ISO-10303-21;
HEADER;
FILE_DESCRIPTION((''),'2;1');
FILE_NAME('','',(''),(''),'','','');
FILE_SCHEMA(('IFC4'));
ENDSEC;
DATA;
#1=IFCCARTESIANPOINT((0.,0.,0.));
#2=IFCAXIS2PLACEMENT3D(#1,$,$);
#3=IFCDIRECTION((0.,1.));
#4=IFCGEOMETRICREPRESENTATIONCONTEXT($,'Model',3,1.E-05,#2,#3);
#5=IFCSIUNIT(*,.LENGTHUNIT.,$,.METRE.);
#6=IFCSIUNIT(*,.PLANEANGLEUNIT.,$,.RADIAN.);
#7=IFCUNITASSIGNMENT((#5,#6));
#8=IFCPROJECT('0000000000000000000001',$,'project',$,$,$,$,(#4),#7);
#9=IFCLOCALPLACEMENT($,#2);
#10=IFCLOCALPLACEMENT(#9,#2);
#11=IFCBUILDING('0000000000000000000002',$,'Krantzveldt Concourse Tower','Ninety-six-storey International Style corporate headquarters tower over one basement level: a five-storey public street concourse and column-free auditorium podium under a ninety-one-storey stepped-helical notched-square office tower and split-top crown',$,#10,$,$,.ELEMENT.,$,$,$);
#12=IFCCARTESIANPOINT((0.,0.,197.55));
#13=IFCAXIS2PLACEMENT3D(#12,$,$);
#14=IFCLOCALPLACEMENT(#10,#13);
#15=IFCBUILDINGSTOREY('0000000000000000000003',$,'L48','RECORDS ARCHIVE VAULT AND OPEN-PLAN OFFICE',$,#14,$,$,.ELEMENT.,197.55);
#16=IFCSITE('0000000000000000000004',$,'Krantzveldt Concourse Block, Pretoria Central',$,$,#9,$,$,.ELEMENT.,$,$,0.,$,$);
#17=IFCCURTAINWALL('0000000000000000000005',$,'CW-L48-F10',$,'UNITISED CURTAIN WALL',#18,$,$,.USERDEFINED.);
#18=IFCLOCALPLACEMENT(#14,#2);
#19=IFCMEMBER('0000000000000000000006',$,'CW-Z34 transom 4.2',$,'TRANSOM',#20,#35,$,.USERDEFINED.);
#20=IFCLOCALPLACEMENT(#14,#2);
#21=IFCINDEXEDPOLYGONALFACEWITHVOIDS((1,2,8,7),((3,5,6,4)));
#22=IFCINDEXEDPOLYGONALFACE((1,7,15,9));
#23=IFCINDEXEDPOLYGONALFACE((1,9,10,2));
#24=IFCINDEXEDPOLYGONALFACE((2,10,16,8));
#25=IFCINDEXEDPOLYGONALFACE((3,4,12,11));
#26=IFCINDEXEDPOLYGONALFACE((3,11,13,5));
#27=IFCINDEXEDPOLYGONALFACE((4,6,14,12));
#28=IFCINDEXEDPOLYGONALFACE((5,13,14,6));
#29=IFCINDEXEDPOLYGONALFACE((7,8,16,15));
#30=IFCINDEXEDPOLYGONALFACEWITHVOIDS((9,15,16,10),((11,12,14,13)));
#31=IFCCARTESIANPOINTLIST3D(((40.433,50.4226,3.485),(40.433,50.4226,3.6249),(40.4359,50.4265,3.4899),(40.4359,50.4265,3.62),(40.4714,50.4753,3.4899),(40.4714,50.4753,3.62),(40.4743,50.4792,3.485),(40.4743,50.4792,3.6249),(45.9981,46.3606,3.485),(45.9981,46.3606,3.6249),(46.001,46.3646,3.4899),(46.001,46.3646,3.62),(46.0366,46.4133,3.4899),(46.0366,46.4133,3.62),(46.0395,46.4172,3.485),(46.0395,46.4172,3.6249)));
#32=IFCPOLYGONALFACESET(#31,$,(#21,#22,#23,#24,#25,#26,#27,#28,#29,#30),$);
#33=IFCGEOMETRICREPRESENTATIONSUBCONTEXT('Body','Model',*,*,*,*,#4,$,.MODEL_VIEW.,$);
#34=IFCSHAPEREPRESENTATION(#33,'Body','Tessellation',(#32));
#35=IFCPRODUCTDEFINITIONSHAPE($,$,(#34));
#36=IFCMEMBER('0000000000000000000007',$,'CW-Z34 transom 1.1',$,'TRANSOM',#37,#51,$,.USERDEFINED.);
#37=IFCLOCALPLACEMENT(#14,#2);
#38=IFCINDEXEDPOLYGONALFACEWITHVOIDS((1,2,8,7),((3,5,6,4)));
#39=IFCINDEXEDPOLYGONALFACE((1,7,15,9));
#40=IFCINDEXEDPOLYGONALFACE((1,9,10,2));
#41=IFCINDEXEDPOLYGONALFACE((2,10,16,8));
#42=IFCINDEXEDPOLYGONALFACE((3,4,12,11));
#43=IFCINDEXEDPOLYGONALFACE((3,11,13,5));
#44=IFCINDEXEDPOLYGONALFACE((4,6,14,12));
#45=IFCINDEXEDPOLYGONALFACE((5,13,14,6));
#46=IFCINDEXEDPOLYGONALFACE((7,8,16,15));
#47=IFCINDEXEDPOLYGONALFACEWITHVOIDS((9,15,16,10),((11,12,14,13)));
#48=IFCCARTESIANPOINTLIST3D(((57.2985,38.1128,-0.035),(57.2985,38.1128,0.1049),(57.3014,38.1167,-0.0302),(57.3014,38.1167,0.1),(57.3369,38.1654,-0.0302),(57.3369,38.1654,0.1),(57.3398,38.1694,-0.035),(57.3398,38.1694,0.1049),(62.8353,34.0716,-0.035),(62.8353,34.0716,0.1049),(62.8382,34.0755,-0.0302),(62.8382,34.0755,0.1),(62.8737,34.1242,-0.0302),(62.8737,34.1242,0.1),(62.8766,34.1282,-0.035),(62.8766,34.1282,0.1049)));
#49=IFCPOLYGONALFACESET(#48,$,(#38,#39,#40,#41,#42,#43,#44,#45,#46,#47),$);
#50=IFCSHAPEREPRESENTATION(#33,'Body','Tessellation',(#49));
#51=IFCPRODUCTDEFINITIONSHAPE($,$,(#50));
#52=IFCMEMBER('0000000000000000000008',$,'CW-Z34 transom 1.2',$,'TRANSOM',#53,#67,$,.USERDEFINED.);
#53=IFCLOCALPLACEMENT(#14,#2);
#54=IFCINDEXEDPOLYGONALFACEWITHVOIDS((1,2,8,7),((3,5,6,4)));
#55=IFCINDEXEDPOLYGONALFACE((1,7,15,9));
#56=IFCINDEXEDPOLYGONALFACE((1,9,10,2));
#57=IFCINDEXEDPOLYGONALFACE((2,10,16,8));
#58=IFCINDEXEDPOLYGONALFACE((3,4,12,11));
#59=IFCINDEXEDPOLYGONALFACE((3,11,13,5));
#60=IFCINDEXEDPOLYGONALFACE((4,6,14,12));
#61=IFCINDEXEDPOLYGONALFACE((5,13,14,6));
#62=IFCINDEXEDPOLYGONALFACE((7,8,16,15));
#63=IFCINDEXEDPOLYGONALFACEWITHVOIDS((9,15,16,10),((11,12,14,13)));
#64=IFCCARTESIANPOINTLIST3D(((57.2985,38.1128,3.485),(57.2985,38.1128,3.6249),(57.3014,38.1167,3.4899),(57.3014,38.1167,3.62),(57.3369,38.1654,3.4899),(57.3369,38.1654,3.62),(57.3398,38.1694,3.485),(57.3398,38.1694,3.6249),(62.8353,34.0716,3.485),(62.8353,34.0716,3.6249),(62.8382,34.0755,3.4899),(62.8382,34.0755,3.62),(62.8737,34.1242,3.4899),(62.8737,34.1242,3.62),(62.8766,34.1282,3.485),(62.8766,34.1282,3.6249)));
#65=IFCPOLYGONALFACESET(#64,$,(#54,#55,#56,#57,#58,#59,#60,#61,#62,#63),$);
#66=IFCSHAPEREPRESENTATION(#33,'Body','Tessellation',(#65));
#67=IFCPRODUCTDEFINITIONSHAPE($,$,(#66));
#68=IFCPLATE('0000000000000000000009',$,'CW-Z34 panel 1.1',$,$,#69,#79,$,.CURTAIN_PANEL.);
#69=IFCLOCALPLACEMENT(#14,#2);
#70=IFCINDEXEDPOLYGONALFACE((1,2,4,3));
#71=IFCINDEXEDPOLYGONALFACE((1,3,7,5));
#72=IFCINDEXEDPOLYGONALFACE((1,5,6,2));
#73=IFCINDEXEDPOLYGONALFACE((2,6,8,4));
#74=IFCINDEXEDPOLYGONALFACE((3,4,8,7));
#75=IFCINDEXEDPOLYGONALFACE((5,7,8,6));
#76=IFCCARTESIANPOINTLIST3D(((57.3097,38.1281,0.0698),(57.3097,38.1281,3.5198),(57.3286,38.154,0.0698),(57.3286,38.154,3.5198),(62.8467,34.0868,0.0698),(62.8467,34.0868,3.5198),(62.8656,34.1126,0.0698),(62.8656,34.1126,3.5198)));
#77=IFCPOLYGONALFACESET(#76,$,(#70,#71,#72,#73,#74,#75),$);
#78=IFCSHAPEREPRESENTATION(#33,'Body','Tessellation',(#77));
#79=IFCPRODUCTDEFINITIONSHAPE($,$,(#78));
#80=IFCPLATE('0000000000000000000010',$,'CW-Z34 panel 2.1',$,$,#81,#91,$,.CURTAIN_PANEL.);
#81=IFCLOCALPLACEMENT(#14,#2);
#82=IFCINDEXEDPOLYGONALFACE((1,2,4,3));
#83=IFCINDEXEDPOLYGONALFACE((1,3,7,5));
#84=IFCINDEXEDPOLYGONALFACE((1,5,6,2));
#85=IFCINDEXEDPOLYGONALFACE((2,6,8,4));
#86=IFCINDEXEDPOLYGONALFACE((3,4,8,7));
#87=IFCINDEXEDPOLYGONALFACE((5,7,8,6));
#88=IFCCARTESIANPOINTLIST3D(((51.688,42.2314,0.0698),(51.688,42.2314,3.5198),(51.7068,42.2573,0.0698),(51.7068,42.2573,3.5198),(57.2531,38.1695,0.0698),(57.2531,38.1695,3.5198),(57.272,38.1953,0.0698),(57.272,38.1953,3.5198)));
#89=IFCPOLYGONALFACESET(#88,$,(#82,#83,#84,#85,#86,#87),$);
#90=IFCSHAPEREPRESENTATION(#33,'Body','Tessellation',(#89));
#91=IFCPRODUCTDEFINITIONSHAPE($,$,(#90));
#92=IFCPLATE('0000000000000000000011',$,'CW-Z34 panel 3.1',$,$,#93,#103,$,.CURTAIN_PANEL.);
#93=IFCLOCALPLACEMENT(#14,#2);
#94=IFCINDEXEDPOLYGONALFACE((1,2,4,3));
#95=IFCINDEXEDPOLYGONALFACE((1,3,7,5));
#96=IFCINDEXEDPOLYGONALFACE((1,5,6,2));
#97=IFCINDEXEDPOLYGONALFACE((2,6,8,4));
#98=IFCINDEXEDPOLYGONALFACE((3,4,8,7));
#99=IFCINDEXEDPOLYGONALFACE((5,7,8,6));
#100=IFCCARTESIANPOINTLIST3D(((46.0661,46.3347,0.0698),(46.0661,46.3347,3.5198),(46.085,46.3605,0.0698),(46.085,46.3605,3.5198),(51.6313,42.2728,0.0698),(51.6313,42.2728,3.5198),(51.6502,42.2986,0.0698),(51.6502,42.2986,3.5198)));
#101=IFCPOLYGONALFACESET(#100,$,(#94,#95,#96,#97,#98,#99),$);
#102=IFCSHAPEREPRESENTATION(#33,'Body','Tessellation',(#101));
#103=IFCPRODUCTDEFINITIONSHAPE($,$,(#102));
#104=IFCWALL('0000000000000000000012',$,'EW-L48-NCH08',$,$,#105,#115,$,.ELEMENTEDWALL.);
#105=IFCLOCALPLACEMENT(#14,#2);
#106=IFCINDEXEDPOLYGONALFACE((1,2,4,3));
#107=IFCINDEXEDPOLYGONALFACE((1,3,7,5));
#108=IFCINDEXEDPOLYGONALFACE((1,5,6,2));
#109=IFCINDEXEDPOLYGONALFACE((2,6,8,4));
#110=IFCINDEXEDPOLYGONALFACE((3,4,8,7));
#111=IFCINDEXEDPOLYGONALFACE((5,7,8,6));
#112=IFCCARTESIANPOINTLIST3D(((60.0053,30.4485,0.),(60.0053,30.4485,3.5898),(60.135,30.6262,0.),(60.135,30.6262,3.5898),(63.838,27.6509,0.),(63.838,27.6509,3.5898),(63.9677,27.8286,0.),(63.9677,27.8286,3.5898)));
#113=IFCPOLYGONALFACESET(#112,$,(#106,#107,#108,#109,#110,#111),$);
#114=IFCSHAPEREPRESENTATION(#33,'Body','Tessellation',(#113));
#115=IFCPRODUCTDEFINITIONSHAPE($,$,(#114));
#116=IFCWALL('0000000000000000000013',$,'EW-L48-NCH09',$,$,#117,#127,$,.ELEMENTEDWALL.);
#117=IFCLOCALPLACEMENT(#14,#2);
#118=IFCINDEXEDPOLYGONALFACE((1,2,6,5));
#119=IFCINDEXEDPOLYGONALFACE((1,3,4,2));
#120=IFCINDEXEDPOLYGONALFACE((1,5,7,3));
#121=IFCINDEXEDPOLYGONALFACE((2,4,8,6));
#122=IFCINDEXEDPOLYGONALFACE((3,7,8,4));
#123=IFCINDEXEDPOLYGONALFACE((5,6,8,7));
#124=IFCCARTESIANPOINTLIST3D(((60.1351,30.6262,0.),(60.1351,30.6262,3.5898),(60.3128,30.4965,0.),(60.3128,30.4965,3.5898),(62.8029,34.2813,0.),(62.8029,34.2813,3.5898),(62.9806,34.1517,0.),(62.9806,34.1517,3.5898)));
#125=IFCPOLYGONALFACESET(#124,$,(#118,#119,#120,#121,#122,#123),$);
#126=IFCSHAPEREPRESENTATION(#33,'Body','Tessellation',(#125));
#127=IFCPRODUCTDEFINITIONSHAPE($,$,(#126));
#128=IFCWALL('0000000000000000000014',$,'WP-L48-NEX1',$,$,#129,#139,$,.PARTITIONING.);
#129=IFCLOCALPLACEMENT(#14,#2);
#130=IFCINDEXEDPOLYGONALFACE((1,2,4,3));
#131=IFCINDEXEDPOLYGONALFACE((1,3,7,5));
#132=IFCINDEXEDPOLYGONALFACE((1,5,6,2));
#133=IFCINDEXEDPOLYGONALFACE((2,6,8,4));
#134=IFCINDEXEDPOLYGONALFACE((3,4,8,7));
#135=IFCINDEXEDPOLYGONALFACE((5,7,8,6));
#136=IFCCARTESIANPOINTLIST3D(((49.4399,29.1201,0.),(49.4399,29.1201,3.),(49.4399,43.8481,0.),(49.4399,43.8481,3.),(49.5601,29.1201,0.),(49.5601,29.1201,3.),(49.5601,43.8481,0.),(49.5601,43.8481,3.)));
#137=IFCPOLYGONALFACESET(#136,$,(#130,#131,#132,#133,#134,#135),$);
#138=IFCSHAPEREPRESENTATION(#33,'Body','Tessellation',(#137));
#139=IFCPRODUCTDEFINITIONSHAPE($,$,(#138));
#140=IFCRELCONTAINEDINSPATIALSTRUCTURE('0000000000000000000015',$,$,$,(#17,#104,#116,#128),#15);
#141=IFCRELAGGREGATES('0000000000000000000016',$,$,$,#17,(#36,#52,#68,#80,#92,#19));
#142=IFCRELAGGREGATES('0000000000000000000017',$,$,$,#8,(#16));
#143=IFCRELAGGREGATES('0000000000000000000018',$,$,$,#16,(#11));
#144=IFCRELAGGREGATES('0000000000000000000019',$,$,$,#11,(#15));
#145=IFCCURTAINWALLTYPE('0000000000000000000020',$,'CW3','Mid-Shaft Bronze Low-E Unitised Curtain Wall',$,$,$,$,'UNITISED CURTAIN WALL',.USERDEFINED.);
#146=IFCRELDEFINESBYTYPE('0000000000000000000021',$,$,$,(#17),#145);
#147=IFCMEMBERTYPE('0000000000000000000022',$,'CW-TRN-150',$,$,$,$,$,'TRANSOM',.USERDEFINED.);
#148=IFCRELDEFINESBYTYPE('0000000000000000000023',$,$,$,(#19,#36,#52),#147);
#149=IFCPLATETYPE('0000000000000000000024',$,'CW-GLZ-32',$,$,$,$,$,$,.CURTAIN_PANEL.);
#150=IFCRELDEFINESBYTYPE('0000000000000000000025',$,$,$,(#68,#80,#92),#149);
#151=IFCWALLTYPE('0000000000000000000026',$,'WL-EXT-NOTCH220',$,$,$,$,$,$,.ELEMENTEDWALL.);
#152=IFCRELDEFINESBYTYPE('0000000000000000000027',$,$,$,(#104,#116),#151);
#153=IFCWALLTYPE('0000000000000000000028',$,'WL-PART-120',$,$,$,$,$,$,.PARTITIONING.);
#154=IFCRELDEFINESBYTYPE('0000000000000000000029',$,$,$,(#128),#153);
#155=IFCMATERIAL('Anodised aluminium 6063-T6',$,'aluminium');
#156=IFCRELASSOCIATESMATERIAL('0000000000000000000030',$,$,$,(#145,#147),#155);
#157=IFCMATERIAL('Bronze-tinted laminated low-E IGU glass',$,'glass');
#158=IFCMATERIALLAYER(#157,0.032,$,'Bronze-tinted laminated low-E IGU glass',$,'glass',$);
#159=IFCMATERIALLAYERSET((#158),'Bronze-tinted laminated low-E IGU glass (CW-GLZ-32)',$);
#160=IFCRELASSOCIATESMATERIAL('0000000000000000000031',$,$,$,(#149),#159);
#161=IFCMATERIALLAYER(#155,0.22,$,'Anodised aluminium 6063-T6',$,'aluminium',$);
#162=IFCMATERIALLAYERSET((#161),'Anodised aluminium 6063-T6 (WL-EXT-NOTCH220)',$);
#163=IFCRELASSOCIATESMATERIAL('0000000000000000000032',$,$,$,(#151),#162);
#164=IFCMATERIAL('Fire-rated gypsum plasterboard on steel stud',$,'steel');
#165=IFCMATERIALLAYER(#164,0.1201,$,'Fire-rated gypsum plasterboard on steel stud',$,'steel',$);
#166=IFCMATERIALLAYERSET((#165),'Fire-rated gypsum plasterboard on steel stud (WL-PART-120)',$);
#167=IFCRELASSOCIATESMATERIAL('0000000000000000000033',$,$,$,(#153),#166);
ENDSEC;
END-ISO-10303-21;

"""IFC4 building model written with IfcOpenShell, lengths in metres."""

from ifc_helpers import new_model, si_unit, direction, frame, frame_2d, origin, origin_2d, place, context, subcontext, project, spatial, rectangle, hollow_rectangle, extrude, source, transform, mapped, material, layer, layer_set, material_profile, profile_set, type_object, type_shapes, element, aggregate, save


model = new_model("IFC4")

# Units and contexts
model_context = context("Model", 3, precision=1e-05, world=origin(), true_north=direction((0.0, 1.0)))
body_context = subcontext(model_context, "Body", "Model", "MODEL_VIEW")
ifc_project = project(units=[si_unit("LENGTHUNIT", "METRE"), si_unit("PLANEANGLEUNIT", "RADIAN")], contexts=[model_context])

# Site, building, storey
site_placement = place(None, origin())
site = spatial("IfcSite", under=ifc_project, at=site_placement, Name="Krantzveldt Concourse Block, Pretoria Central", CompositionType="ELEMENT", RefElevation=0.0)
building_placement = place(site_placement, origin())
building = spatial("IfcBuilding", under=site, at=building_placement, Name="Krantzveldt Concourse Tower", Description="Ninety-six-storey International Style corporate headquarters tower over one basement level: a five-storey public street concourse and column-free auditorium podium under a ninety-one-storey stepped-helical notched-square office tower and split-top crown", CompositionType="ELEMENT")
storey_placement = place(building_placement, frame((0.0, 0.0, 197.55)))
storey = spatial("IfcBuildingStorey", under=building, at=storey_placement, Name="L48", Description="RECORDS ARCHIVE VAULT AND OPEN-PLAN OFFICE", CompositionType="ELEMENT", Elevation=197.55)

# Shared definitions
ifc_material_1 = material(Name="Anodised aluminium 6063-T6", Category="aluminium")
curtain_wall_type = type_object("IfcCurtainWallType", Name="CW3", Description="Mid-Shaft Bronze Low-E Unitised Curtain Wall", ElementType="UNITISED CURTAIN WALL", PredefinedType="USERDEFINED", material=ifc_material_1)

# Curtain wall, members, plates
curtain_wall_1_placement = place(storey_placement, origin())
curtain_wall_1 = element("IfcCurtainWall", 1, at=curtain_wall_1_placement, inside=storey, type_object=curtain_wall_type, Name="CW-L48-F10", ObjectType="UNITISED CURTAIN WALL", PredefinedType="USERDEFINED")
ifc_material_profile_1 = material_profile(ifc_material_1, hollow_rectangle(XDim=0.0701, YDim=0.1399, WallThickness=0.0049, at=origin_2d()), Name="Anodised aluminium 6063-T6", Category="aluminium")
ifc_profile_set_1 = profile_set([ifc_material_profile_1], Name="Anodised aluminium 6063-T6 - ALU-TRAN 140x70x5")
member_type_1 = type_object("IfcMemberType", Name="CW-TRN-150", ElementType="TRANSOM", PredefinedType="USERDEFINED", material=ifc_profile_set_1)
shared_shape_1 = source(origin(), body_context, "Body", "SweptSolid", [
    extrude(hollow_rectangle(XDim=0.0701, YDim=0.1399, WallThickness=0.0049, at=origin_2d()), origin(), (0.0, 0.0, 1.0), 6.8899),
])
member_1_placement = place(storey_placement, frame((46.0188, 46.3889, 3.5549), z_axis=(-0.807727, 0.589557, 0.0), x_axis=(-0.589557, -0.807727, 0.0)))
member_1 = element("IfcMember", 2, at=member_1_placement, type_object=member_type_1, Name="CW-Z34 transom 4.2", ObjectType="TRANSOM", PredefinedType="USERDEFINED", context=body_context, shape_type="MappedRepresentation", body=[
    mapped(shared_shape_1, transform((0.0, 0.0, 0.0), x_axis=(1.0, 0.0, 0.0), y_axis=(0.0, 1.0, 0.0), z_axis=(0.0, 0.0, 1.0), scale=1.0)),
])
shared_shape_2 = source(origin(), body_context, "Body", "SweptSolid", [
    extrude(hollow_rectangle(XDim=0.0701, YDim=0.1399, WallThickness=0.0049, at=origin_2d()), origin(), (0.0, 0.0, 1.0), 6.8547),
])
type_shapes(member_type_1, [shared_shape_1, shared_shape_2])
member_2_placement = place(storey_placement, frame((62.856, 34.0999, 0.0349), z_axis=(-0.807732, 0.589549, 0.0), x_axis=(-0.589549, -0.807732, 0.0)))
member_2 = element("IfcMember", 3, at=member_2_placement, type_object=member_type_1, Name="CW-Z34 transom 1.1", ObjectType="TRANSOM", PredefinedType="USERDEFINED", context=body_context, shape_type="MappedRepresentation", body=[
    mapped(shared_shape_2, transform((0.0, 0.0, 0.0), x_axis=(1.0, 0.0, 0.0), y_axis=(0.0, 1.0, 0.0), z_axis=(0.0, 0.0, 1.0), scale=1.0)),
])
member_3_placement = place(storey_placement, frame((62.856, 34.0999, 3.5549), z_axis=(-0.807732, 0.589549, 0.0), x_axis=(-0.589549, -0.807732, 0.0)))
member_3 = element("IfcMember", 4, at=member_3_placement, type_object=member_type_1, Name="CW-Z34 transom 1.2", ObjectType="TRANSOM", PredefinedType="USERDEFINED", context=body_context, shape_type="MappedRepresentation", body=[
    mapped(shared_shape_2, transform((0.0, 0.0, 0.0), x_axis=(1.0, 0.0, 0.0), y_axis=(0.0, 1.0, 0.0), z_axis=(0.0, 0.0, 1.0), scale=1.0)),
])
ifc_material_2 = material(Name="Bronze-tinted laminated low-E IGU glass", Category="glass")
ifc_layer_1 = layer(ifc_material_2, 0.032, Name="Bronze-tinted laminated low-E IGU glass", Category="glass")
ifc_layer_set_1 = layer_set([ifc_layer_1], Name="Bronze-tinted laminated low-E IGU glass (CW-GLZ-32)")
plate_type = type_object("IfcPlateType", Name="CW-GLZ-32", PredefinedType="CURTAIN_PANEL", material=ifc_layer_set_1)
shared_shape_3 = source(origin(), body_context, "Body", "SweptSolid", [
    extrude(rectangle(XDim=6.855, YDim=0.032, at=origin_2d()), origin(), (0.0, 0.0, 1.0), 3.45),
])
plate_1_placement = place(storey_placement, frame((60.0876, 36.1204, 0.0698), z_axis=(0.0, 0.0, 1.0), x_axis=(-0.807733, 0.589549, 0.0)))
plate_1 = element("IfcPlate", 5, at=plate_1_placement, type_object=plate_type, Name="CW-Z34 panel 1.1", PredefinedType="CURTAIN_PANEL", context=body_context, shape_type="MappedRepresentation", body=[
    mapped(shared_shape_3, transform((0.0, 0.0, 0.0), x_axis=(1.0, 0.0, 0.0), y_axis=(0.0, 1.0, 0.0), z_axis=(0.0, 0.0, 1.0), scale=1.0)),
])
shared_shape_4 = source(origin(), body_context, "Body", "SweptSolid", [
    extrude(rectangle(XDim=6.8899, YDim=0.032, at=origin_2d()), origin(), (0.0, 0.0, 1.0), 3.45),
])
type_shapes(plate_type, [shared_shape_3, shared_shape_4])
plate_2_placement = place(storey_placement, frame((54.48, 40.2134, 0.0698), z_axis=(0.0, 0.0, 1.0), x_axis=(-0.807733, 0.589549, 0.0)))
plate_2 = element("IfcPlate", 6, at=plate_2_placement, type_object=plate_type, Name="CW-Z34 panel 2.1", PredefinedType="CURTAIN_PANEL", context=body_context, shape_type="MappedRepresentation", body=[
    mapped(shared_shape_4, transform((0.0, 0.0, 0.0), x_axis=(1.0, 0.0, 0.0), y_axis=(0.0, 1.0, 0.0), z_axis=(0.0, 0.0, 1.0), scale=1.0)),
])
plate_3_placement = place(storey_placement, frame((48.8582, 44.3167, 0.0698), z_axis=(0.0, 0.0, 1.0), x_axis=(-0.807733, 0.589549, 0.0)))
plate_3 = element("IfcPlate", 7, at=plate_3_placement, type_object=plate_type, Name="CW-Z34 panel 3.1", PredefinedType="CURTAIN_PANEL", context=body_context, shape_type="MappedRepresentation", body=[
    mapped(shared_shape_4, transform((0.0, 0.0, 0.0), x_axis=(1.0, 0.0, 0.0), y_axis=(0.0, 1.0, 0.0), z_axis=(0.0, 0.0, 1.0), scale=1.0)),
])
aggregate(curtain_wall_1, [member_2, member_3, plate_1, plate_2, plate_3, member_1])

# Walls
ifc_layer_2 = layer(ifc_material_1, 0.22, Name="Anodised aluminium 6063-T6", Category="aluminium")
ifc_layer_set_2 = layer_set([ifc_layer_2], Name="Anodised aluminium 6063-T6 (WL-EXT-NOTCH220)")
wall_type_1 = type_object("IfcWallType", Name="WL-EXT-NOTCH220", PredefinedType="ELEMENTEDWALL", material=ifc_layer_set_2)
wall_1_placement = place(storey_placement, frame((63.9028, 27.7397, 0.0), z_axis=(0.0, 0.0, 1.0), x_axis=(-0.807718, 0.589569, 0.0)))
element("IfcWall", 8, at=wall_1_placement, inside=storey, type_object=wall_type_1, Name="EW-L48-NCH08", PredefinedType="ELEMENTEDWALL", context=body_context, shape_type="SweptSolid", body=[
    extrude(rectangle(XDim=4.7451, YDim=0.22, at=frame_2d((2.3726, 0.0))), origin(), (0.0, 0.0, 1.0), 3.5898),
])
wall_2_placement = place(storey_placement, frame((60.2239, 30.5613, 0.0), z_axis=(0.0, 0.0, 1.0), x_axis=(0.589547, 0.807734, 0.0)))
element("IfcWall", 9, at=wall_2_placement, inside=storey, type_object=wall_type_1, Name="EW-L48-NCH09", PredefinedType="ELEMENTEDWALL", context=body_context, shape_type="SweptSolid", body=[
    extrude(rectangle(XDim=4.5251, YDim=0.22, at=frame_2d((2.2627, 0.0))), origin(), (0.0, 0.0, 1.0), 3.5898),
])
ifc_material_3 = material(Name="Fire-rated gypsum plasterboard on steel stud", Category="steel")
ifc_layer_3 = layer(ifc_material_3, 0.1201, Name="Fire-rated gypsum plasterboard on steel stud", Category="steel")
ifc_layer_set_3 = layer_set([ifc_layer_3], Name="Fire-rated gypsum plasterboard on steel stud (WL-PART-120)")
wall_type_2 = type_object("IfcWallType", Name="WL-PART-120", PredefinedType="PARTITIONING", material=ifc_layer_set_3)
wall_3_placement = place(storey_placement, frame((49.5, 29.1201, 0.0), z_axis=(0.0, 0.0, 1.0), x_axis=(0.0, 1.0, 0.0)))
element("IfcWall", 10, at=wall_3_placement, inside=storey, type_object=wall_type_2, Name="WP-L48-NEX1", PredefinedType="PARTITIONING", context=body_context, shape_type="SweptSolid", body=[
    extrude(rectangle(XDim=14.728, YDim=0.1201, at=frame_2d((7.364, 0.0))), origin(), (0.0, 0.0, 1.0), 3.0),
])

save(model, "model.ifc")
